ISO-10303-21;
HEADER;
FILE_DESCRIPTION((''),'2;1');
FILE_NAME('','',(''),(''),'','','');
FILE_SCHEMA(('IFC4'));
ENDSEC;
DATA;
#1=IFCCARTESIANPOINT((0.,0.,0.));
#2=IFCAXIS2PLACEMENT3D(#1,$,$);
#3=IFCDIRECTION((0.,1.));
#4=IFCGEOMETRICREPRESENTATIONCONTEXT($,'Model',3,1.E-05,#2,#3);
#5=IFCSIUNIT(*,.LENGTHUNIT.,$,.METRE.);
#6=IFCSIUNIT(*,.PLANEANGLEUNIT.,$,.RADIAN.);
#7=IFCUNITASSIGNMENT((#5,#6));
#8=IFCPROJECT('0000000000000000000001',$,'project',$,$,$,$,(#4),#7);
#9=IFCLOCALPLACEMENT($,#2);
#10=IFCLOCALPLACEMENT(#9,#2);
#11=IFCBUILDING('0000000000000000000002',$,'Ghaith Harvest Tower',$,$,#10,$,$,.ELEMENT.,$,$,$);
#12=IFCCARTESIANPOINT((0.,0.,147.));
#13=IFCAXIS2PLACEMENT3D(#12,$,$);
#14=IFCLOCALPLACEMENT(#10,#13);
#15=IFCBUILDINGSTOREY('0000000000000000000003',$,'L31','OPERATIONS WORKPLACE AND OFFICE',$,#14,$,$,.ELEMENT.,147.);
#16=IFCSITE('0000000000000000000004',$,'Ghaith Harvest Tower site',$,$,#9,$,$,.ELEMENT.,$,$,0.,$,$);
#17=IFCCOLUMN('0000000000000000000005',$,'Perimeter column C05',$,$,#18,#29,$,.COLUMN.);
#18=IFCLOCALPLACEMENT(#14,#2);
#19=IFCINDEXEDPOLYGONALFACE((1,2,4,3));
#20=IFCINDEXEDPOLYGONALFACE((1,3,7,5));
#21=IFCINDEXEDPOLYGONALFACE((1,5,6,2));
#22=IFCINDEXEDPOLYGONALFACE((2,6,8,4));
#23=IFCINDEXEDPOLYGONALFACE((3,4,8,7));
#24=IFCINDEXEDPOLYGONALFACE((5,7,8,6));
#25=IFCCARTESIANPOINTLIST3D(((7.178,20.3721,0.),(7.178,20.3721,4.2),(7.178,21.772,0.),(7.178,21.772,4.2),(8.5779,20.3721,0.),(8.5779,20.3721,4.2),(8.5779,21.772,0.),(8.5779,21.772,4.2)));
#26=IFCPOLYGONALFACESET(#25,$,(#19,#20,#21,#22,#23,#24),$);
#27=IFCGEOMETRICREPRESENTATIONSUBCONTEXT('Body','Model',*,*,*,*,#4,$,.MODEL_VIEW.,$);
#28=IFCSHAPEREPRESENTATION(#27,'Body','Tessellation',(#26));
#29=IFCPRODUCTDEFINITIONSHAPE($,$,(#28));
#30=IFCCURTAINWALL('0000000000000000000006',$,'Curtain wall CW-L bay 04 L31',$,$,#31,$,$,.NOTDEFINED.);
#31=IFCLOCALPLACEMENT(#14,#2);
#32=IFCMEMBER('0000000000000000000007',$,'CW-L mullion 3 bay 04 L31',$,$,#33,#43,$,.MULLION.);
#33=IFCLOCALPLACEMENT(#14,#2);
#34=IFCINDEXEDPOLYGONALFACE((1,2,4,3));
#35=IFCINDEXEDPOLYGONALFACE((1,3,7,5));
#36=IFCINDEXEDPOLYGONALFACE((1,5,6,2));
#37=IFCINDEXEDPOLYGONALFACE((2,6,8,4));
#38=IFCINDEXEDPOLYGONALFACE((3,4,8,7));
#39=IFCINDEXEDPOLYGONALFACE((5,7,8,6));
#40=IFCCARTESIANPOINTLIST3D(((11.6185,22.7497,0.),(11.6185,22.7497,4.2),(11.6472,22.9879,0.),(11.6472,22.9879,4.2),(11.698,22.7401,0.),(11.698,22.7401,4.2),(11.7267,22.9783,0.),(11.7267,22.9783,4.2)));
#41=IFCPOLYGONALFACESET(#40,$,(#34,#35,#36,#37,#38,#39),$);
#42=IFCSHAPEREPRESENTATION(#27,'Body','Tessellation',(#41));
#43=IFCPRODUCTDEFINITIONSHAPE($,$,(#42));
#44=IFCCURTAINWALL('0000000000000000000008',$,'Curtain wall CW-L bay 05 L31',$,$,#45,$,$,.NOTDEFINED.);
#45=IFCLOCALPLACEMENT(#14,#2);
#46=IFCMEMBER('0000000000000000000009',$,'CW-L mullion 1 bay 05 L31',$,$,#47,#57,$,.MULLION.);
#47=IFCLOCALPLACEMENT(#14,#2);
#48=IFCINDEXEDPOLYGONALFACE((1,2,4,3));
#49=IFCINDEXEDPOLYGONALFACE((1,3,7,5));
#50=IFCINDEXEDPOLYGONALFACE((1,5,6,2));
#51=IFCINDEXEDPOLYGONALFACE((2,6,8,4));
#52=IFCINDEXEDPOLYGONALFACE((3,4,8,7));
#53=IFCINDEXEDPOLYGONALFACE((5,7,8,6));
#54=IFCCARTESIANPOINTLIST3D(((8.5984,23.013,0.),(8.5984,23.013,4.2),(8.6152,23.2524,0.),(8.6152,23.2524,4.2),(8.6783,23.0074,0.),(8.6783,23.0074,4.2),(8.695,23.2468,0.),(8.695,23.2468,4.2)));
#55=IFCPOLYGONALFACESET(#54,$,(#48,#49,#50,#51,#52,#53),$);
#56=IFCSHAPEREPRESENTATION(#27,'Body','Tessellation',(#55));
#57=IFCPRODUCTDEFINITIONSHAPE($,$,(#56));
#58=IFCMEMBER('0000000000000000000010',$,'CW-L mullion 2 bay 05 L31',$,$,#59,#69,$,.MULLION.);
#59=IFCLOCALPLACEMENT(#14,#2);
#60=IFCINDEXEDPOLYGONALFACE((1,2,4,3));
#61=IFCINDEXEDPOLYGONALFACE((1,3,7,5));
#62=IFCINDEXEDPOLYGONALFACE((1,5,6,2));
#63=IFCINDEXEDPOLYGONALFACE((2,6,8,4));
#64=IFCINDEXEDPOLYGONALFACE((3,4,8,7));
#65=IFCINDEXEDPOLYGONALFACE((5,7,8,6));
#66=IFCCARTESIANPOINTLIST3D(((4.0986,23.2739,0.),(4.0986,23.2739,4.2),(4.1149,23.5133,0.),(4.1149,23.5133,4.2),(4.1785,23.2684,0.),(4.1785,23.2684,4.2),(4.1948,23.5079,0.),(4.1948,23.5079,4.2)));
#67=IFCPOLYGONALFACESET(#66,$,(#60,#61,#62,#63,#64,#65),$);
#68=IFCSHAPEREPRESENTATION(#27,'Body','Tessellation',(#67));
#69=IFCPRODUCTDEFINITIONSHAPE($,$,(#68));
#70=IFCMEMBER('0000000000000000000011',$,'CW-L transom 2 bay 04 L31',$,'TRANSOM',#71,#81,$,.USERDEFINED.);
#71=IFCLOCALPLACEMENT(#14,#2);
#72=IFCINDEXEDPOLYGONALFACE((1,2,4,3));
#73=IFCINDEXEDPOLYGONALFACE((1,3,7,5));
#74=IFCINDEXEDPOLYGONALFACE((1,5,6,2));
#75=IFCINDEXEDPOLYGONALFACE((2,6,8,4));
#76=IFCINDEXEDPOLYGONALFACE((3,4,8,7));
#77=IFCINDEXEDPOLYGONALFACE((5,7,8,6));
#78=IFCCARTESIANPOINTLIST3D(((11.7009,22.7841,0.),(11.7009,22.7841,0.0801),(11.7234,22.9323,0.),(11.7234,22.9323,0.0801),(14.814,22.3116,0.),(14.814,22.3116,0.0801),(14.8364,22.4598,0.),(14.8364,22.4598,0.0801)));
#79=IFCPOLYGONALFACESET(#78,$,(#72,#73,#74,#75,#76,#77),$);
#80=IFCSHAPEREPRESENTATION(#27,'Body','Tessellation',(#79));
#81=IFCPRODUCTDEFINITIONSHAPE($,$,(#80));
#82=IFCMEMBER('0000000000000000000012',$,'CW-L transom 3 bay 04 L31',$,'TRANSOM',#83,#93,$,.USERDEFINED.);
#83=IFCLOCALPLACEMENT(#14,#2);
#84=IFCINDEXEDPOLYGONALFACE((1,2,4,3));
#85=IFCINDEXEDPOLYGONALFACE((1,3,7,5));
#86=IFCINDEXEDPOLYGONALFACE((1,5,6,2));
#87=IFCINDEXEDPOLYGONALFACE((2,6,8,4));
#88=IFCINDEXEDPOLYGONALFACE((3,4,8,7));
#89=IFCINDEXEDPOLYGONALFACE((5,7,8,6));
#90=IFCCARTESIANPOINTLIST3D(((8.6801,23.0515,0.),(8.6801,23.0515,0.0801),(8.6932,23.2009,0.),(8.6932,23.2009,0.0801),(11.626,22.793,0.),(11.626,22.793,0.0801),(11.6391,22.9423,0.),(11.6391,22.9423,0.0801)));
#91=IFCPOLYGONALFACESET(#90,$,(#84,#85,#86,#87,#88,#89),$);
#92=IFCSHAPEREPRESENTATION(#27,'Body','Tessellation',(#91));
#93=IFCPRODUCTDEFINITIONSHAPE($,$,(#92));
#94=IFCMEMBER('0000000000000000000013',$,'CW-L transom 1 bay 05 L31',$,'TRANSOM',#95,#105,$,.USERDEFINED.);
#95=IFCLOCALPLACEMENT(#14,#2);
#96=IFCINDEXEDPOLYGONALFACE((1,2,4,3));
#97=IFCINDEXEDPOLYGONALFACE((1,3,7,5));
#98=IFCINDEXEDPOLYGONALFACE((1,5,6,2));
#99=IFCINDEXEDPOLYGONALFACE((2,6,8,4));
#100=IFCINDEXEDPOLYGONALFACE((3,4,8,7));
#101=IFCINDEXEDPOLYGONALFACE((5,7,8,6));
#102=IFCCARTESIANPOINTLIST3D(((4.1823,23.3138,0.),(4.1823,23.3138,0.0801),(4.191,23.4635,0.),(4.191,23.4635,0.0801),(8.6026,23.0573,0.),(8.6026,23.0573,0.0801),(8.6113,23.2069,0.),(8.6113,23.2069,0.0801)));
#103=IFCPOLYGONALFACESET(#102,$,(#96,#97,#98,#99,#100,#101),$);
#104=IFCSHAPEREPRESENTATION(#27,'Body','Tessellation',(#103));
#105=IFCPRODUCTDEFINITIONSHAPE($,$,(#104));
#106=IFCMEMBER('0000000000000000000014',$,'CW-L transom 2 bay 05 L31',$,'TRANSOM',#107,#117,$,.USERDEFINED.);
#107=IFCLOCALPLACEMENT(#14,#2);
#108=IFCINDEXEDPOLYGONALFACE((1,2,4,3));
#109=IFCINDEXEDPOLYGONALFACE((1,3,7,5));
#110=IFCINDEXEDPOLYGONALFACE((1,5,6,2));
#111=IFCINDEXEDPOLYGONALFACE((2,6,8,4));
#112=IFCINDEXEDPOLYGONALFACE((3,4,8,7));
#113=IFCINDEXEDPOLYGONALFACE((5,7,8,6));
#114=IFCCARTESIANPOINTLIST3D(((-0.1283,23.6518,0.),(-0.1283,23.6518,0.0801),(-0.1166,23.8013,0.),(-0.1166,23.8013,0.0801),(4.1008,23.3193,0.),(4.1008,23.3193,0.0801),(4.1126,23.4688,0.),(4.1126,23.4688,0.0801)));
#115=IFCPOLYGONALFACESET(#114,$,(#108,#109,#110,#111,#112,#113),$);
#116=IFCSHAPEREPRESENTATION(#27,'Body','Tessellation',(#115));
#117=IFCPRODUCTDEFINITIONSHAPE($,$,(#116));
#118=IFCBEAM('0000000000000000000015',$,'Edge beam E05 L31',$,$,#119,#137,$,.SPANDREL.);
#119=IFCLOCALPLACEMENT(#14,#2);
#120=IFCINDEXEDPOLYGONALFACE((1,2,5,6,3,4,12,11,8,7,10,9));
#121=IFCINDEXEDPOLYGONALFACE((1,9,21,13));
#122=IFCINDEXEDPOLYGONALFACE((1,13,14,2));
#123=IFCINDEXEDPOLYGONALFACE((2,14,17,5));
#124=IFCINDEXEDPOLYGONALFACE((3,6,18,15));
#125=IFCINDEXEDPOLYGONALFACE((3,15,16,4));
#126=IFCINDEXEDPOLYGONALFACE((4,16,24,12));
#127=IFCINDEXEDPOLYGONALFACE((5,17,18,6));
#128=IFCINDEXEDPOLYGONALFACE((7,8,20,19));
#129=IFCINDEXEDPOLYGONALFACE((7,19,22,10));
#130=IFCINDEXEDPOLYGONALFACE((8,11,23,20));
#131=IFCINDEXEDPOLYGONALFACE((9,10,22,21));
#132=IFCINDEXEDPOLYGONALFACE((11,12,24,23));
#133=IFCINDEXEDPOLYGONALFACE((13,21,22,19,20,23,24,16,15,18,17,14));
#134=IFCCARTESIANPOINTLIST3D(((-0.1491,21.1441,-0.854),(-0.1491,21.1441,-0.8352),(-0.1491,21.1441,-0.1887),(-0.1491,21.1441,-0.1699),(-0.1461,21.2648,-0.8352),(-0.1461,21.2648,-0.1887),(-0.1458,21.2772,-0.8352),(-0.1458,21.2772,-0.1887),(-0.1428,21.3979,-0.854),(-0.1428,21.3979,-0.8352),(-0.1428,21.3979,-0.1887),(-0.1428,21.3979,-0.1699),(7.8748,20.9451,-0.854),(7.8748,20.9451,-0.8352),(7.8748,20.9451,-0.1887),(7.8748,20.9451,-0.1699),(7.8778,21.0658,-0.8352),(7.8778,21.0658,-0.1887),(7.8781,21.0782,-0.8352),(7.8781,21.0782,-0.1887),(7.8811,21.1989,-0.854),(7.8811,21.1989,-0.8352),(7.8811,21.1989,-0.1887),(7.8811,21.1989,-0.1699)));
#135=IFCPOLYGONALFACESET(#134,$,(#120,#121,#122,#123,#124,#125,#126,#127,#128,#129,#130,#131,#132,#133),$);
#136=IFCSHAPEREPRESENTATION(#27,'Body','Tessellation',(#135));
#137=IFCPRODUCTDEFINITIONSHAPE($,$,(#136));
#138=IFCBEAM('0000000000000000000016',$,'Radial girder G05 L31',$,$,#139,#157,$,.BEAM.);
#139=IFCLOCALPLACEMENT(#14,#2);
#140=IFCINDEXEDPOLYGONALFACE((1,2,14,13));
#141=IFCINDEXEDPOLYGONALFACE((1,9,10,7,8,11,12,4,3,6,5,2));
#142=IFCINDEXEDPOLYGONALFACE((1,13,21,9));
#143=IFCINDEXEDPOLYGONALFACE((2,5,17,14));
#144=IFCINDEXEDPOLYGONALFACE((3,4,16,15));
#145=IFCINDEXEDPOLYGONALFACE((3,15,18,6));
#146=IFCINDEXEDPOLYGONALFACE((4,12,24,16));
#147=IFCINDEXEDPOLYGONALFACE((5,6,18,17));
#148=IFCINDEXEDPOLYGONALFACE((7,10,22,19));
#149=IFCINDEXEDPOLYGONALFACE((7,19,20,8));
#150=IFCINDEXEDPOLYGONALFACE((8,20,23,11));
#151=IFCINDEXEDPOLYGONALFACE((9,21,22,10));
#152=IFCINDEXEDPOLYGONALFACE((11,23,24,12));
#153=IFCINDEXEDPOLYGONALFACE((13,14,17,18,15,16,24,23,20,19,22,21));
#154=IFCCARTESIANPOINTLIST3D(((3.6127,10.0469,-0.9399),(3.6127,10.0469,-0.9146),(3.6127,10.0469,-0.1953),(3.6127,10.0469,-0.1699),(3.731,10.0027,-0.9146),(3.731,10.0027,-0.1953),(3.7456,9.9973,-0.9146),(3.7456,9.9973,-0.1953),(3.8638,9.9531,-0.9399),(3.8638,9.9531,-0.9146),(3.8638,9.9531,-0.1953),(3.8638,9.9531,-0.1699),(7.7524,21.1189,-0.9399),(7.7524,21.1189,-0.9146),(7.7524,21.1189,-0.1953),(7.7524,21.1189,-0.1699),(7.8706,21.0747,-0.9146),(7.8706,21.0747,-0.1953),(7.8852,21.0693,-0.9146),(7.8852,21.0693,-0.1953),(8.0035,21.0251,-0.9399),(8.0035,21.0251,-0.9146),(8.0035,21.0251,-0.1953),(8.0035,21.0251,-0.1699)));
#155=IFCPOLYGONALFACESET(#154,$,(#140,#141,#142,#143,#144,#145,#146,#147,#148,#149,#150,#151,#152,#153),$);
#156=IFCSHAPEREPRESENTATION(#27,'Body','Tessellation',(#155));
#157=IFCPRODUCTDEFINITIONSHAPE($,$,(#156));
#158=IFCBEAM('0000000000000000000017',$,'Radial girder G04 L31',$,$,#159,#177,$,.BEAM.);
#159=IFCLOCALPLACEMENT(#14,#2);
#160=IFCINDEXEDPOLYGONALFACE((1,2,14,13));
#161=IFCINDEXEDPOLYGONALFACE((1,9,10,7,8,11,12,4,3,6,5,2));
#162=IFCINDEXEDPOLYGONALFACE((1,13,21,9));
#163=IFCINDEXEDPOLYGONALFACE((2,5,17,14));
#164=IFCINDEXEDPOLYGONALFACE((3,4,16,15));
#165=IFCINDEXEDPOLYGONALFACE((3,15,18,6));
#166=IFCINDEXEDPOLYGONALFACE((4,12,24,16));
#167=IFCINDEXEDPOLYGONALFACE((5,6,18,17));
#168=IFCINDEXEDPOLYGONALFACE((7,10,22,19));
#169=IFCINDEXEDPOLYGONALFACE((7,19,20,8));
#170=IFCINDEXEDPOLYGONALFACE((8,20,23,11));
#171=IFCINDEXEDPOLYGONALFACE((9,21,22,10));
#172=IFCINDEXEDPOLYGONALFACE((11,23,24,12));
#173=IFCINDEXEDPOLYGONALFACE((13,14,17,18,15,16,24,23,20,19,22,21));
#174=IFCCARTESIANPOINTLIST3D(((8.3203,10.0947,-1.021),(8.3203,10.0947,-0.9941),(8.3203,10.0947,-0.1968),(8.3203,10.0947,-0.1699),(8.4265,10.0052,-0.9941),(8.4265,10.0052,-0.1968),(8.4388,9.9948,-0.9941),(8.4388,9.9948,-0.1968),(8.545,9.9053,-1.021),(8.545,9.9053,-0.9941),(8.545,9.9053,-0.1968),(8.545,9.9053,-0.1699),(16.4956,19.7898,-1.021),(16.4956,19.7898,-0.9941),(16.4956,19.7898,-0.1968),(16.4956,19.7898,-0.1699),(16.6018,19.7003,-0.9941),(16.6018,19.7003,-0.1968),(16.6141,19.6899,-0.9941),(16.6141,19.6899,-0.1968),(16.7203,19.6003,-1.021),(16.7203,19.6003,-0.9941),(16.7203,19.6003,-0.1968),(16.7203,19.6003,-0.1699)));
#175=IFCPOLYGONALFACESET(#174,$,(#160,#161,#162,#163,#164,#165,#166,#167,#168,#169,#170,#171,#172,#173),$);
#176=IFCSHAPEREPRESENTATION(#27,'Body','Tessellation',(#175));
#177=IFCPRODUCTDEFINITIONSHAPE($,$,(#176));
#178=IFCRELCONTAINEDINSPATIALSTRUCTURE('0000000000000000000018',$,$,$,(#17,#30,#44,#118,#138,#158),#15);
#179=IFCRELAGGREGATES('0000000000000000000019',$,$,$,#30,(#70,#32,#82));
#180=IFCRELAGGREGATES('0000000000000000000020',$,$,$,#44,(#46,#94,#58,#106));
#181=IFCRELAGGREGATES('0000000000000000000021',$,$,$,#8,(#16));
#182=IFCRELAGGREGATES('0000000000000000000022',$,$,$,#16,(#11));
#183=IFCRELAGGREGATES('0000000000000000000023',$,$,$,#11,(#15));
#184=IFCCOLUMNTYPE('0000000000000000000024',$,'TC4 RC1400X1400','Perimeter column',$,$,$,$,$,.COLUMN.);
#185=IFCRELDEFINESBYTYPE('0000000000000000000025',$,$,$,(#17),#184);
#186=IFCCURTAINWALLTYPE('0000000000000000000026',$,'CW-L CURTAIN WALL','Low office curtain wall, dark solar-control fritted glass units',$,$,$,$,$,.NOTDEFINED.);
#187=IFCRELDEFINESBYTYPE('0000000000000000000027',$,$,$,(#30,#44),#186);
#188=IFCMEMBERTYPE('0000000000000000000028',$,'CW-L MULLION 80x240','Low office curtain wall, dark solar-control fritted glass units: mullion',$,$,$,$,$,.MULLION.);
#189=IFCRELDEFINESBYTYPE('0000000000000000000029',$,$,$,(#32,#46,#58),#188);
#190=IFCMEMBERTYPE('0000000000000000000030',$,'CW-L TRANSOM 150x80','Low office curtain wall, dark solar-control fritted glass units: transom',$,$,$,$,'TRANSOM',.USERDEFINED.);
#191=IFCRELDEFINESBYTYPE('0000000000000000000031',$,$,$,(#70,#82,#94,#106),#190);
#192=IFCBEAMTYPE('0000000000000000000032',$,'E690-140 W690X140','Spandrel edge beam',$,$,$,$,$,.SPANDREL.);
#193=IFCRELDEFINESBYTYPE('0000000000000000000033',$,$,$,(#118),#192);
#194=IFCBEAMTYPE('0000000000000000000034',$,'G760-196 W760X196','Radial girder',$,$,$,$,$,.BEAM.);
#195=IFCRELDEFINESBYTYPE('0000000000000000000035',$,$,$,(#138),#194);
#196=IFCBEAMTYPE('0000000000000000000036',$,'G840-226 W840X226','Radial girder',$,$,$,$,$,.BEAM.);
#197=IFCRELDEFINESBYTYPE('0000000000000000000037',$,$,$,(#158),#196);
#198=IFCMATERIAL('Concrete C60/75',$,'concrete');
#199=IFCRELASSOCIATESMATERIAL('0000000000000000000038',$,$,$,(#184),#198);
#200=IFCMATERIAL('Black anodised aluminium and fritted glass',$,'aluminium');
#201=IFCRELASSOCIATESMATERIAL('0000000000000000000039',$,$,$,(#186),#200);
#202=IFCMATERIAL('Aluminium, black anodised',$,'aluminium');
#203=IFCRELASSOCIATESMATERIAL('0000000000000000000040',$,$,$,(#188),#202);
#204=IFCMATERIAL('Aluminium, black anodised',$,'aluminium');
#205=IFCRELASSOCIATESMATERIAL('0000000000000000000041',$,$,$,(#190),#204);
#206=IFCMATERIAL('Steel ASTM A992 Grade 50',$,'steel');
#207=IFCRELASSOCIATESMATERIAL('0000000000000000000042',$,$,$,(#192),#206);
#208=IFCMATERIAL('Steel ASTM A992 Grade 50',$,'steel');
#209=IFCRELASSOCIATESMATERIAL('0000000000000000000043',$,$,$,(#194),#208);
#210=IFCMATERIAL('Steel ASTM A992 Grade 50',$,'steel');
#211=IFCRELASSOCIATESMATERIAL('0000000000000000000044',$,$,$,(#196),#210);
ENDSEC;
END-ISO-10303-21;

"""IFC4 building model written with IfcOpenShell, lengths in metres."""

from ifc_helpers import new_model, si_unit, direction, frame, origin, origin_2d, place, context, subcontext, project, spatial, rectangle, i_section, extrude, material, material_profile, profile_set, type_object, element, aggregate, save


model = new_model("IFC4")

# Units and contexts
model_context = context("Model", 3, precision=1e-05, world=origin(), true_north=direction((0.0, 1.0)))
body_context = subcontext(model_context, "Body", "Model", "MODEL_VIEW")
ifc_project = project(units=[si_unit("LENGTHUNIT", "METRE"), si_unit("PLANEANGLEUNIT", "RADIAN")], contexts=[model_context])

# Site, building, storey
site_placement = place(None, origin())
site = spatial("IfcSite", under=ifc_project, at=site_placement, Name="Ghaith Harvest Tower site", CompositionType="ELEMENT", RefElevation=0.0)
building_placement = place(site_placement, origin())
building = spatial("IfcBuilding", under=site, at=building_placement, Name="Ghaith Harvest Tower", CompositionType="ELEMENT")
storey_placement = place(building_placement, frame((0.0, 0.0, 147.0)))
storey = spatial("IfcBuildingStorey", under=building, at=storey_placement, Name="L31", Description="OPERATIONS WORKPLACE AND OFFICE", CompositionType="ELEMENT", Elevation=147.0)

# Column
ifc_material_1 = material(Name="Concrete C60/75", Category="concrete")
ifc_material_profile_1 = material_profile(ifc_material_1, rectangle(XDim=1.3999, YDim=1.3999, at=origin_2d()), Name="RC1400X1400")
ifc_profile_set_1 = profile_set([ifc_material_profile_1], Name="Concrete C60/75")
column_type = type_object("IfcColumnType", Name="TC4 RC1400X1400", Description="Perimeter column", PredefinedType="COLUMN", material=ifc_profile_set_1)
column_placement = place(storey_placement, frame((7.8779, 21.072, 0.0), z_axis=(0.0, 0.0, 1.0), x_axis=(1.0, 0.0, 0.0)))
element("IfcColumn", 1, at=column_placement, inside=storey, type_object=column_type, Name="Perimeter column C05", PredefinedType="COLUMN", context=body_context, shape_type="SweptSolid", body=[
    extrude(rectangle(XDim=1.3999, YDim=1.3999, at=origin_2d()), origin(), (0.0, 0.0, 1.0), 4.2),
])

# Curtain wall, member
ifc_material_2 = material(Name="Black anodised aluminium and fritted glass", Category="aluminium")
curtain_wall_type = type_object("IfcCurtainWallType", Name="CW-L CURTAIN WALL", Description="Low office curtain wall, dark solar-control fritted glass units", PredefinedType="NOTDEFINED", material=ifc_material_2)
curtain_wall_1_placement = place(storey_placement, origin())
curtain_wall_1 = element("IfcCurtainWall", 2, at=curtain_wall_1_placement, inside=storey, type_object=curtain_wall_type, Name="Curtain wall CW-L bay 04 L31", PredefinedType="NOTDEFINED")
ifc_material_3 = material(Name="Aluminium, black anodised", Category="aluminium")
ifc_material_profile_2 = material_profile(ifc_material_3, rectangle(XDim=0.0801, YDim=0.24, at=origin_2d()), Name="CW-L MULLION 80x240")
ifc_profile_set_2 = profile_set([ifc_material_profile_2], Name="Aluminium, black anodised")
member_type_1 = type_object("IfcMemberType", Name="CW-L MULLION 80x240", Description="Low office curtain wall, dark solar-control fritted glass units: mullion", PredefinedType="MULLION", material=ifc_profile_set_2)
member_1_placement = place(storey_placement, frame((11.6726, 22.864, 0.0), z_axis=(0.0, 0.0, 1.0), x_axis=(-0.9928, 0.11978, 0.0)))
member_1 = element("IfcMember", 3, at=member_1_placement, type_object=member_type_1, Name="CW-L mullion 3 bay 04 L31", PredefinedType="MULLION", context=body_context, shape_type="SweptSolid", body=[
    extrude(rectangle(XDim=0.0801, YDim=0.24, at=origin_2d()), origin(), (0.0, 0.0, 1.0), 4.2),
])

# Curtain wall, members
curtain_wall_2_placement = place(storey_placement, origin())
curtain_wall_2 = element("IfcCurtainWall", 4, at=curtain_wall_2_placement, inside=storey, type_object=curtain_wall_type, Name="Curtain wall CW-L bay 05 L31", PredefinedType="NOTDEFINED")
member_2_placement = place(storey_placement, frame((8.6467, 23.1299, 0.0), z_axis=(0.0, 0.0, 1.0), x_axis=(-0.997559, 0.069832, 0.0)))
member_2 = element("IfcMember", 5, at=member_2_placement, type_object=member_type_1, Name="CW-L mullion 1 bay 05 L31", PredefinedType="MULLION", context=body_context, shape_type="SweptSolid", body=[
    extrude(rectangle(XDim=0.0801, YDim=0.24, at=origin_2d()), origin(), (0.0, 0.0, 1.0), 4.2),
])
member_3_placement = place(storey_placement, frame((4.1467, 23.3909, 0.0), z_axis=(0.0, 0.0, 1.0), x_axis=(-0.99769, 0.067933, 0.0)))
member_3 = element("IfcMember", 6, at=member_3_placement, type_object=member_type_1, Name="CW-L mullion 2 bay 05 L31", PredefinedType="MULLION", context=body_context, shape_type="SweptSolid", body=[
    extrude(rectangle(XDim=0.0801, YDim=0.24, at=origin_2d()), origin(), (0.0, 0.0, 1.0), 4.2),
])

# Members
ifc_material_4 = material(Name="Aluminium, black anodised", Category="aluminium")
ifc_material_profile_3 = material_profile(ifc_material_4, rectangle(XDim=0.1499, YDim=0.0801, at=origin_2d()), Name="CW-L TRANSOM 150x80")
ifc_profile_set_3 = profile_set([ifc_material_profile_3], Name="Aluminium, black anodised")
member_type_2 = type_object("IfcMemberType", Name="CW-L TRANSOM 150x80", Description="Low office curtain wall, dark solar-control fritted glass units: transom", ElementType="TRANSOM", PredefinedType="USERDEFINED", material=ifc_profile_set_3)
member_4_placement = place(storey_placement, frame((14.8252, 22.3857, 0.04), z_axis=(-0.988681, 0.150035, 0.0), x_axis=(-0.150035, -0.988681, 0.0)))
member_4 = element("IfcMember", 7, at=member_4_placement, type_object=member_type_2, Name="CW-L transom 2 bay 04 L31", ObjectType="TRANSOM", PredefinedType="USERDEFINED", context=body_context, shape_type="SweptSolid", body=[
    extrude(rectangle(XDim=0.1499, YDim=0.0801, at=origin_2d()), origin(), (0.0, 0.0, 1.0), 3.1487),
])
member_5_placement = place(storey_placement, frame((11.6326, 22.8677, 0.04), z_axis=(-0.996171, 0.087424, 0.0), x_axis=(-0.087424, -0.996171, 0.0)))
member_5 = element("IfcMember", 8, at=member_5_placement, type_object=member_type_2, Name="CW-L transom 3 bay 04 L31", ObjectType="TRANSOM", PredefinedType="USERDEFINED", context=body_context, shape_type="SweptSolid", body=[
    extrude(rectangle(XDim=0.1499, YDim=0.0801, at=origin_2d()), origin(), (0.0, 0.0, 1.0), 2.9573),
])
member_6_placement = place(storey_placement, frame((8.6069, 23.1321, 0.04), z_axis=(-0.99832, 0.05795, 0.0), x_axis=(-0.05795, -0.99832, 0.0)))
member_6 = element("IfcMember", 9, at=member_6_placement, type_object=member_type_2, Name="CW-L transom 1 bay 05 L31", ObjectType="TRANSOM", PredefinedType="USERDEFINED", context=body_context, shape_type="SweptSolid", body=[
    extrude(rectangle(XDim=0.1499, YDim=0.0801, at=origin_2d()), origin(), (0.0, 0.0, 1.0), 4.4277),
])
member_7_placement = place(storey_placement, frame((4.1067, 23.394, 0.04), z_axis=(-0.996923, 0.078382, 0.0), x_axis=(-0.078382, -0.996923, 0.0)))
member_7 = element("IfcMember", 10, at=member_7_placement, type_object=member_type_2, Name="CW-L transom 2 bay 05 L31", ObjectType="TRANSOM", PredefinedType="USERDEFINED", context=body_context, shape_type="SweptSolid", body=[
    extrude(rectangle(XDim=0.1499, YDim=0.0801, at=origin_2d()), origin(), (0.0, 0.0, 1.0), 4.2422),
])

# Beams
ifc_material_5 = material(Name="Steel ASTM A992 Grade 50", Category="steel")
ifc_material_profile_4 = material_profile(ifc_material_5, i_section(OverallWidth=0.2539, OverallDepth=0.6841, WebThickness=0.0125, FlangeThickness=0.0188, at=origin_2d()), Name="W690X140")
ifc_profile_set_4 = profile_set([ifc_material_profile_4], Name="Steel ASTM A992 Grade 50")
beam_type_1 = type_object("IfcBeamType", Name="E690-140 W690X140", Description="Spandrel edge beam", PredefinedType="SPANDREL", material=ifc_profile_set_4)
beam_1_placement = place(storey_placement, frame((7.8779, 21.072, -0.512), z_axis=(-0.999693, 0.02479, 0.0), x_axis=(-0.02479, -0.999693, 0.0)))
element("IfcBeam", 11, at=beam_1_placement, inside=storey, type_object=beam_type_1, Name="Edge beam E05 L31", PredefinedType="SPANDREL", context=body_context, shape_type="SweptSolid", body=[
    extrude(i_section(OverallWidth=0.2539, OverallDepth=0.6841, WebThickness=0.0125, FlangeThickness=0.0188, at=origin_2d()), origin(), (0.0, 0.0, 1.0), 8.0264),
])
ifc_material_6 = material(Name="Steel ASTM A992 Grade 50", Category="steel")
ifc_material_profile_5 = material_profile(ifc_material_6, i_section(OverallWidth=0.2681, OverallDepth=0.77, WebThickness=0.0156, FlangeThickness=0.0254, at=origin_2d()), Name="W760X196")
ifc_profile_set_5 = profile_set([ifc_material_profile_5], Name="Steel ASTM A992 Grade 50")
beam_type_2 = type_object("IfcBeamType", Name="G760-196 W760X196", Description="Radial girder", PredefinedType="BEAM", material=ifc_profile_set_5)
beam_2_placement = place(storey_placement, frame((3.7383, 10.0, -0.5549), z_axis=(0.350207, 0.936672, 0.0), x_axis=(-0.936672, 0.350207, 0.0)))
element("IfcBeam", 12, at=beam_2_placement, inside=storey, type_object=beam_type_2, Name="Radial girder G05 L31", PredefinedType="BEAM", context=body_context, shape_type="SweptSolid", body=[
    extrude(i_section(OverallWidth=0.2681, OverallDepth=0.77, WebThickness=0.0156, FlangeThickness=0.0254, at=origin_2d()), origin(), (0.0, 0.0, 1.0), 11.8206),
])
ifc_material_7 = material(Name="Steel ASTM A992 Grade 50", Category="steel")
ifc_material_profile_6 = material_profile(ifc_material_7, i_section(OverallWidth=0.2939, OverallDepth=0.8511, WebThickness=0.0161, FlangeThickness=0.0269, at=origin_2d()), Name="W840X226")
ifc_profile_set_6 = profile_set([ifc_material_profile_6], Name="Steel ASTM A992 Grade 50")
beam_type_3 = type_object("IfcBeamType", Name="G840-226 W840X226", Description="Radial girder", PredefinedType="BEAM", material=ifc_profile_set_6)
beam_3_placement = place(storey_placement, frame((8.4326, 10.0, -0.5955), z_axis=(0.644644, 0.764483, 0.0), x_axis=(-0.764483, 0.644644, 0.0)))
element("IfcBeam", 13, at=beam_3_placement, inside=storey, type_object=beam_type_3, Name="Radial girder G04 L31", PredefinedType="BEAM", context=body_context, shape_type="SweptSolid", body=[
    extrude(i_section(OverallWidth=0.2939, OverallDepth=0.8511, WebThickness=0.0161, FlangeThickness=0.0269, at=origin_2d()), origin(), (0.0, 0.0, 1.0), 12.6819),
])

aggregate(curtain_wall_1, [member_4, member_1, member_5])
aggregate(curtain_wall_2, [member_2, member_6, member_3, member_7])

save(model, "model.ifc")
